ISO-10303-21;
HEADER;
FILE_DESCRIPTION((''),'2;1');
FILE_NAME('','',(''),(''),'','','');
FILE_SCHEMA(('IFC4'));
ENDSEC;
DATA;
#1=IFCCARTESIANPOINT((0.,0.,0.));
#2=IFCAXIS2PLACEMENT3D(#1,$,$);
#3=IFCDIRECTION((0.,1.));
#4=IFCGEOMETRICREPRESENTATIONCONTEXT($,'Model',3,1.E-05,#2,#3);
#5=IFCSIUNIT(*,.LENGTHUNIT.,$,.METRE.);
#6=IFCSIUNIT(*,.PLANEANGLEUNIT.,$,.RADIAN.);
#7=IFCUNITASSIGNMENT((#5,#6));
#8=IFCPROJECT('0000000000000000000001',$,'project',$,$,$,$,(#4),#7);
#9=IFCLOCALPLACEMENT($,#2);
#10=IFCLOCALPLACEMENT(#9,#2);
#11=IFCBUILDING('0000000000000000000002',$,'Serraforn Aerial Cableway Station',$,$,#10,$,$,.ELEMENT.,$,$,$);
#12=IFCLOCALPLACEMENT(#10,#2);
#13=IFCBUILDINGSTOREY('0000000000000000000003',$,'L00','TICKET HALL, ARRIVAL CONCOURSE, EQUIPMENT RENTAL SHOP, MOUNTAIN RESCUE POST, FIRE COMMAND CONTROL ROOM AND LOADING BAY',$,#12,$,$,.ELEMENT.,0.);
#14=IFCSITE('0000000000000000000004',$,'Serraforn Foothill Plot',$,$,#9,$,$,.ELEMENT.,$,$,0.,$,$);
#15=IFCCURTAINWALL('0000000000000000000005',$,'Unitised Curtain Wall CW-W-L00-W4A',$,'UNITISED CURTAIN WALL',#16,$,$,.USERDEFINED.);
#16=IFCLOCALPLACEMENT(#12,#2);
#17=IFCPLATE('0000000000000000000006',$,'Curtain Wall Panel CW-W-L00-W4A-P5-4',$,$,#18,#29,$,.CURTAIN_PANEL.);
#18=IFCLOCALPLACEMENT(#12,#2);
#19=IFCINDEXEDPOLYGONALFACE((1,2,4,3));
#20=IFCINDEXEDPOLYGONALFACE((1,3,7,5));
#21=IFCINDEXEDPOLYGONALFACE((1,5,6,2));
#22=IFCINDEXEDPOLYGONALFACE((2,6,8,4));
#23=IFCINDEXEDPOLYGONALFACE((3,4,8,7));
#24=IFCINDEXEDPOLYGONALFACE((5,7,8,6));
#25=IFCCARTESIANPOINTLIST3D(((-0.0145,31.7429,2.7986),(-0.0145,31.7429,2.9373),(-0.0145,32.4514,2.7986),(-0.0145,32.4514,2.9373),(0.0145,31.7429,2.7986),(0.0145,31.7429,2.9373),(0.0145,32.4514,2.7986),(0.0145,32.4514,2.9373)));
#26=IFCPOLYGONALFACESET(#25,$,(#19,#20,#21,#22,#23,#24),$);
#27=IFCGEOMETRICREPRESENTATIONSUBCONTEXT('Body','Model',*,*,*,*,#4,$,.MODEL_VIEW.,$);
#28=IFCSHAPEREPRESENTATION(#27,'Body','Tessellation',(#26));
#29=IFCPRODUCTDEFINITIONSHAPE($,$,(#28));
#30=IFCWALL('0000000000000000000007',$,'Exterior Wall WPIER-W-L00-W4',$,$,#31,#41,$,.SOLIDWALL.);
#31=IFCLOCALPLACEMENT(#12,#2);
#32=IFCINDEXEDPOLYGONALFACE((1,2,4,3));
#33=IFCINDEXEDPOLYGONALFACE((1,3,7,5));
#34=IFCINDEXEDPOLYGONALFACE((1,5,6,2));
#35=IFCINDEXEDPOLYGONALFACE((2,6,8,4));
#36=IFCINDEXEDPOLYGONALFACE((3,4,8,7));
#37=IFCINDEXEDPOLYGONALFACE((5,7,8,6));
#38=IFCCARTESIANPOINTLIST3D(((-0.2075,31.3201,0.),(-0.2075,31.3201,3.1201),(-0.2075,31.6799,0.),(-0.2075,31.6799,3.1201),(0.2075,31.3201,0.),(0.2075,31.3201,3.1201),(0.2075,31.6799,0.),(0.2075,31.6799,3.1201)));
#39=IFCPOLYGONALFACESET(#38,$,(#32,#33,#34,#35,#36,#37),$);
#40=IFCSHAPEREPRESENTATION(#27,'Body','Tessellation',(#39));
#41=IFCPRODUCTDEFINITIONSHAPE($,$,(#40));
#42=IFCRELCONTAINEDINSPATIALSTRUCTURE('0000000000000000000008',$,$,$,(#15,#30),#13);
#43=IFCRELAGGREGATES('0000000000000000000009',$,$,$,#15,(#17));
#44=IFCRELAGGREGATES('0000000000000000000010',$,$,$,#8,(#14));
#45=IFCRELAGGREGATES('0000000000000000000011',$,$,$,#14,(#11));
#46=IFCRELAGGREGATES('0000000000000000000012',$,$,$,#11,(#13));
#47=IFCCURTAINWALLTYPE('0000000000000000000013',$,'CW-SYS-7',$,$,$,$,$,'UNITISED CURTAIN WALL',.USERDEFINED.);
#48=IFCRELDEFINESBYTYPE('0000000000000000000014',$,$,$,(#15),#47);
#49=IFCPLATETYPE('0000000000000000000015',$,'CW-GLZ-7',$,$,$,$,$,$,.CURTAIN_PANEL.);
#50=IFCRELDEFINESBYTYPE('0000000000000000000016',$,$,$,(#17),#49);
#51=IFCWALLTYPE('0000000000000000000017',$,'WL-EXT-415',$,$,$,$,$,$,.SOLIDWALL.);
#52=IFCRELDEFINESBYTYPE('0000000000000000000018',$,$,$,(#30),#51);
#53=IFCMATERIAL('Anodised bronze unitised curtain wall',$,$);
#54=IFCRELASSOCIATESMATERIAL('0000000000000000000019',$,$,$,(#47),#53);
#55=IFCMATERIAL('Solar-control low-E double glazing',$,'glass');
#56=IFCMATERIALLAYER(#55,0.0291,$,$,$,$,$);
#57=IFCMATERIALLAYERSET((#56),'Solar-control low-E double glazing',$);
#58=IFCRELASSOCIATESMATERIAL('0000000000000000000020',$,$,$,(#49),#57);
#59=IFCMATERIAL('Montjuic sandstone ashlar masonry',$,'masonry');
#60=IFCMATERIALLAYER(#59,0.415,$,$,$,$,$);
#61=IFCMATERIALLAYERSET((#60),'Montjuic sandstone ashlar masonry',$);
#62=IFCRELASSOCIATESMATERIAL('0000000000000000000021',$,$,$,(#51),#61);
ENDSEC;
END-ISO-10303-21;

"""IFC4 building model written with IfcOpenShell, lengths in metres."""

from ifc_helpers import new_model, si_unit, direction, frame, frame_2d, origin, origin_2d, place, context, subcontext, project, spatial, rectangle, extrude, material, layer, layer_set, type_object, element, aggregate, save


model = new_model("IFC4")

# Units and contexts
model_context = context("Model", 3, precision=1e-05, world=origin(), true_north=direction((0.0, 1.0)))
body_context = subcontext(model_context, "Body", "Model", "MODEL_VIEW")
ifc_project = project(units=[si_unit("LENGTHUNIT", "METRE"), si_unit("PLANEANGLEUNIT", "RADIAN")], contexts=[model_context])

# Site, building, storey
site_placement = place(None, origin())
site = spatial("IfcSite", under=ifc_project, at=site_placement, Name="Serraforn Foothill Plot", CompositionType="ELEMENT", RefElevation=0.0)
building_placement = place(site_placement, origin())
building = spatial("IfcBuilding", under=site, at=building_placement, Name="Serraforn Aerial Cableway Station", CompositionType="ELEMENT")
storey_placement = place(building_placement, origin())
storey = spatial("IfcBuildingStorey", under=building, at=storey_placement, Name="L00", Description="TICKET HALL, ARRIVAL CONCOURSE, EQUIPMENT RENTAL SHOP, MOUNTAIN RESCUE POST, FIRE COMMAND CONTROL ROOM AND LOADING BAY", CompositionType="ELEMENT", Elevation=0.0)

# Curtain wall
ifc_material_1 = material(Name="Anodised bronze unitised curtain wall")
curtain_wall_type_1 = type_object("IfcCurtainWallType", Name="CW-SYS-7", ElementType="UNITISED CURTAIN WALL", PredefinedType="USERDEFINED", material=ifc_material_1)
curtain_wall_1_placement = place(storey_placement, origin())
curtain_wall_1 = element("IfcCurtainWall", 1, at=curtain_wall_1_placement, inside=storey, type_object=curtain_wall_type_1, Name="Unitised Curtain Wall CW-W-L00-W4A", ObjectType="UNITISED CURTAIN WALL", PredefinedType="USERDEFINED")

# Plate
ifc_material_2 = material(Name="Solar-control low-E double glazing", Category="glass")
ifc_layer_1 = layer(ifc_material_2, 0.0291)
ifc_layer_set_1 = layer_set([ifc_layer_1], Name="Solar-control low-E double glazing")
plate_type_1 = type_object("IfcPlateType", Name="CW-GLZ-7", PredefinedType="CURTAIN_PANEL", material=ifc_layer_set_1)
plate_1_placement = place(storey_placement, frame((0.0, 32.0972, 2.7986), z_axis=(0.0, 0.0, 1.0), x_axis=(1.0, 0.0, 0.0)))
plate_1 = element("IfcPlate", 2, at=plate_1_placement, type_object=plate_type_1, Name="Curtain Wall Panel CW-W-L00-W4A-P5-4", PredefinedType="CURTAIN_PANEL", context=body_context, shape_type="SweptSolid", body=[
    extrude(rectangle(XDim=0.0291, YDim=0.7085, at=origin_2d()), origin(), (0.0, 0.0, 1.0), 0.1387),
])
aggregate(curtain_wall_1, [plate_1])

# Wall
ifc_material_3 = material(Name="Montjuic sandstone ashlar masonry", Category="masonry")
ifc_layer_2 = layer(ifc_material_3, 0.415)
ifc_layer_set_2 = layer_set([ifc_layer_2], Name="Montjuic sandstone ashlar masonry")
wall_type = type_object("IfcWallType", Name="WL-EXT-415", PredefinedType="SOLIDWALL", material=ifc_layer_set_2)
wall_placement = place(storey_placement, frame((0.0, 31.6799, 0.0), z_axis=(0.0, 0.0, 1.0), x_axis=(0.0, -1.0, 0.0)))
element("IfcWall", 3, at=wall_placement, inside=storey, type_object=wall_type, Name="Exterior Wall WPIER-W-L00-W4", PredefinedType="SOLIDWALL", context=body_context, shape_type="SweptSolid", body=[
    extrude(rectangle(XDim=0.3599, YDim=0.415, at=frame_2d((0.1799, 0.0))), origin(), (0.0, 0.0, 1.0), 3.1201),
])

save(model, "model.ifc")
